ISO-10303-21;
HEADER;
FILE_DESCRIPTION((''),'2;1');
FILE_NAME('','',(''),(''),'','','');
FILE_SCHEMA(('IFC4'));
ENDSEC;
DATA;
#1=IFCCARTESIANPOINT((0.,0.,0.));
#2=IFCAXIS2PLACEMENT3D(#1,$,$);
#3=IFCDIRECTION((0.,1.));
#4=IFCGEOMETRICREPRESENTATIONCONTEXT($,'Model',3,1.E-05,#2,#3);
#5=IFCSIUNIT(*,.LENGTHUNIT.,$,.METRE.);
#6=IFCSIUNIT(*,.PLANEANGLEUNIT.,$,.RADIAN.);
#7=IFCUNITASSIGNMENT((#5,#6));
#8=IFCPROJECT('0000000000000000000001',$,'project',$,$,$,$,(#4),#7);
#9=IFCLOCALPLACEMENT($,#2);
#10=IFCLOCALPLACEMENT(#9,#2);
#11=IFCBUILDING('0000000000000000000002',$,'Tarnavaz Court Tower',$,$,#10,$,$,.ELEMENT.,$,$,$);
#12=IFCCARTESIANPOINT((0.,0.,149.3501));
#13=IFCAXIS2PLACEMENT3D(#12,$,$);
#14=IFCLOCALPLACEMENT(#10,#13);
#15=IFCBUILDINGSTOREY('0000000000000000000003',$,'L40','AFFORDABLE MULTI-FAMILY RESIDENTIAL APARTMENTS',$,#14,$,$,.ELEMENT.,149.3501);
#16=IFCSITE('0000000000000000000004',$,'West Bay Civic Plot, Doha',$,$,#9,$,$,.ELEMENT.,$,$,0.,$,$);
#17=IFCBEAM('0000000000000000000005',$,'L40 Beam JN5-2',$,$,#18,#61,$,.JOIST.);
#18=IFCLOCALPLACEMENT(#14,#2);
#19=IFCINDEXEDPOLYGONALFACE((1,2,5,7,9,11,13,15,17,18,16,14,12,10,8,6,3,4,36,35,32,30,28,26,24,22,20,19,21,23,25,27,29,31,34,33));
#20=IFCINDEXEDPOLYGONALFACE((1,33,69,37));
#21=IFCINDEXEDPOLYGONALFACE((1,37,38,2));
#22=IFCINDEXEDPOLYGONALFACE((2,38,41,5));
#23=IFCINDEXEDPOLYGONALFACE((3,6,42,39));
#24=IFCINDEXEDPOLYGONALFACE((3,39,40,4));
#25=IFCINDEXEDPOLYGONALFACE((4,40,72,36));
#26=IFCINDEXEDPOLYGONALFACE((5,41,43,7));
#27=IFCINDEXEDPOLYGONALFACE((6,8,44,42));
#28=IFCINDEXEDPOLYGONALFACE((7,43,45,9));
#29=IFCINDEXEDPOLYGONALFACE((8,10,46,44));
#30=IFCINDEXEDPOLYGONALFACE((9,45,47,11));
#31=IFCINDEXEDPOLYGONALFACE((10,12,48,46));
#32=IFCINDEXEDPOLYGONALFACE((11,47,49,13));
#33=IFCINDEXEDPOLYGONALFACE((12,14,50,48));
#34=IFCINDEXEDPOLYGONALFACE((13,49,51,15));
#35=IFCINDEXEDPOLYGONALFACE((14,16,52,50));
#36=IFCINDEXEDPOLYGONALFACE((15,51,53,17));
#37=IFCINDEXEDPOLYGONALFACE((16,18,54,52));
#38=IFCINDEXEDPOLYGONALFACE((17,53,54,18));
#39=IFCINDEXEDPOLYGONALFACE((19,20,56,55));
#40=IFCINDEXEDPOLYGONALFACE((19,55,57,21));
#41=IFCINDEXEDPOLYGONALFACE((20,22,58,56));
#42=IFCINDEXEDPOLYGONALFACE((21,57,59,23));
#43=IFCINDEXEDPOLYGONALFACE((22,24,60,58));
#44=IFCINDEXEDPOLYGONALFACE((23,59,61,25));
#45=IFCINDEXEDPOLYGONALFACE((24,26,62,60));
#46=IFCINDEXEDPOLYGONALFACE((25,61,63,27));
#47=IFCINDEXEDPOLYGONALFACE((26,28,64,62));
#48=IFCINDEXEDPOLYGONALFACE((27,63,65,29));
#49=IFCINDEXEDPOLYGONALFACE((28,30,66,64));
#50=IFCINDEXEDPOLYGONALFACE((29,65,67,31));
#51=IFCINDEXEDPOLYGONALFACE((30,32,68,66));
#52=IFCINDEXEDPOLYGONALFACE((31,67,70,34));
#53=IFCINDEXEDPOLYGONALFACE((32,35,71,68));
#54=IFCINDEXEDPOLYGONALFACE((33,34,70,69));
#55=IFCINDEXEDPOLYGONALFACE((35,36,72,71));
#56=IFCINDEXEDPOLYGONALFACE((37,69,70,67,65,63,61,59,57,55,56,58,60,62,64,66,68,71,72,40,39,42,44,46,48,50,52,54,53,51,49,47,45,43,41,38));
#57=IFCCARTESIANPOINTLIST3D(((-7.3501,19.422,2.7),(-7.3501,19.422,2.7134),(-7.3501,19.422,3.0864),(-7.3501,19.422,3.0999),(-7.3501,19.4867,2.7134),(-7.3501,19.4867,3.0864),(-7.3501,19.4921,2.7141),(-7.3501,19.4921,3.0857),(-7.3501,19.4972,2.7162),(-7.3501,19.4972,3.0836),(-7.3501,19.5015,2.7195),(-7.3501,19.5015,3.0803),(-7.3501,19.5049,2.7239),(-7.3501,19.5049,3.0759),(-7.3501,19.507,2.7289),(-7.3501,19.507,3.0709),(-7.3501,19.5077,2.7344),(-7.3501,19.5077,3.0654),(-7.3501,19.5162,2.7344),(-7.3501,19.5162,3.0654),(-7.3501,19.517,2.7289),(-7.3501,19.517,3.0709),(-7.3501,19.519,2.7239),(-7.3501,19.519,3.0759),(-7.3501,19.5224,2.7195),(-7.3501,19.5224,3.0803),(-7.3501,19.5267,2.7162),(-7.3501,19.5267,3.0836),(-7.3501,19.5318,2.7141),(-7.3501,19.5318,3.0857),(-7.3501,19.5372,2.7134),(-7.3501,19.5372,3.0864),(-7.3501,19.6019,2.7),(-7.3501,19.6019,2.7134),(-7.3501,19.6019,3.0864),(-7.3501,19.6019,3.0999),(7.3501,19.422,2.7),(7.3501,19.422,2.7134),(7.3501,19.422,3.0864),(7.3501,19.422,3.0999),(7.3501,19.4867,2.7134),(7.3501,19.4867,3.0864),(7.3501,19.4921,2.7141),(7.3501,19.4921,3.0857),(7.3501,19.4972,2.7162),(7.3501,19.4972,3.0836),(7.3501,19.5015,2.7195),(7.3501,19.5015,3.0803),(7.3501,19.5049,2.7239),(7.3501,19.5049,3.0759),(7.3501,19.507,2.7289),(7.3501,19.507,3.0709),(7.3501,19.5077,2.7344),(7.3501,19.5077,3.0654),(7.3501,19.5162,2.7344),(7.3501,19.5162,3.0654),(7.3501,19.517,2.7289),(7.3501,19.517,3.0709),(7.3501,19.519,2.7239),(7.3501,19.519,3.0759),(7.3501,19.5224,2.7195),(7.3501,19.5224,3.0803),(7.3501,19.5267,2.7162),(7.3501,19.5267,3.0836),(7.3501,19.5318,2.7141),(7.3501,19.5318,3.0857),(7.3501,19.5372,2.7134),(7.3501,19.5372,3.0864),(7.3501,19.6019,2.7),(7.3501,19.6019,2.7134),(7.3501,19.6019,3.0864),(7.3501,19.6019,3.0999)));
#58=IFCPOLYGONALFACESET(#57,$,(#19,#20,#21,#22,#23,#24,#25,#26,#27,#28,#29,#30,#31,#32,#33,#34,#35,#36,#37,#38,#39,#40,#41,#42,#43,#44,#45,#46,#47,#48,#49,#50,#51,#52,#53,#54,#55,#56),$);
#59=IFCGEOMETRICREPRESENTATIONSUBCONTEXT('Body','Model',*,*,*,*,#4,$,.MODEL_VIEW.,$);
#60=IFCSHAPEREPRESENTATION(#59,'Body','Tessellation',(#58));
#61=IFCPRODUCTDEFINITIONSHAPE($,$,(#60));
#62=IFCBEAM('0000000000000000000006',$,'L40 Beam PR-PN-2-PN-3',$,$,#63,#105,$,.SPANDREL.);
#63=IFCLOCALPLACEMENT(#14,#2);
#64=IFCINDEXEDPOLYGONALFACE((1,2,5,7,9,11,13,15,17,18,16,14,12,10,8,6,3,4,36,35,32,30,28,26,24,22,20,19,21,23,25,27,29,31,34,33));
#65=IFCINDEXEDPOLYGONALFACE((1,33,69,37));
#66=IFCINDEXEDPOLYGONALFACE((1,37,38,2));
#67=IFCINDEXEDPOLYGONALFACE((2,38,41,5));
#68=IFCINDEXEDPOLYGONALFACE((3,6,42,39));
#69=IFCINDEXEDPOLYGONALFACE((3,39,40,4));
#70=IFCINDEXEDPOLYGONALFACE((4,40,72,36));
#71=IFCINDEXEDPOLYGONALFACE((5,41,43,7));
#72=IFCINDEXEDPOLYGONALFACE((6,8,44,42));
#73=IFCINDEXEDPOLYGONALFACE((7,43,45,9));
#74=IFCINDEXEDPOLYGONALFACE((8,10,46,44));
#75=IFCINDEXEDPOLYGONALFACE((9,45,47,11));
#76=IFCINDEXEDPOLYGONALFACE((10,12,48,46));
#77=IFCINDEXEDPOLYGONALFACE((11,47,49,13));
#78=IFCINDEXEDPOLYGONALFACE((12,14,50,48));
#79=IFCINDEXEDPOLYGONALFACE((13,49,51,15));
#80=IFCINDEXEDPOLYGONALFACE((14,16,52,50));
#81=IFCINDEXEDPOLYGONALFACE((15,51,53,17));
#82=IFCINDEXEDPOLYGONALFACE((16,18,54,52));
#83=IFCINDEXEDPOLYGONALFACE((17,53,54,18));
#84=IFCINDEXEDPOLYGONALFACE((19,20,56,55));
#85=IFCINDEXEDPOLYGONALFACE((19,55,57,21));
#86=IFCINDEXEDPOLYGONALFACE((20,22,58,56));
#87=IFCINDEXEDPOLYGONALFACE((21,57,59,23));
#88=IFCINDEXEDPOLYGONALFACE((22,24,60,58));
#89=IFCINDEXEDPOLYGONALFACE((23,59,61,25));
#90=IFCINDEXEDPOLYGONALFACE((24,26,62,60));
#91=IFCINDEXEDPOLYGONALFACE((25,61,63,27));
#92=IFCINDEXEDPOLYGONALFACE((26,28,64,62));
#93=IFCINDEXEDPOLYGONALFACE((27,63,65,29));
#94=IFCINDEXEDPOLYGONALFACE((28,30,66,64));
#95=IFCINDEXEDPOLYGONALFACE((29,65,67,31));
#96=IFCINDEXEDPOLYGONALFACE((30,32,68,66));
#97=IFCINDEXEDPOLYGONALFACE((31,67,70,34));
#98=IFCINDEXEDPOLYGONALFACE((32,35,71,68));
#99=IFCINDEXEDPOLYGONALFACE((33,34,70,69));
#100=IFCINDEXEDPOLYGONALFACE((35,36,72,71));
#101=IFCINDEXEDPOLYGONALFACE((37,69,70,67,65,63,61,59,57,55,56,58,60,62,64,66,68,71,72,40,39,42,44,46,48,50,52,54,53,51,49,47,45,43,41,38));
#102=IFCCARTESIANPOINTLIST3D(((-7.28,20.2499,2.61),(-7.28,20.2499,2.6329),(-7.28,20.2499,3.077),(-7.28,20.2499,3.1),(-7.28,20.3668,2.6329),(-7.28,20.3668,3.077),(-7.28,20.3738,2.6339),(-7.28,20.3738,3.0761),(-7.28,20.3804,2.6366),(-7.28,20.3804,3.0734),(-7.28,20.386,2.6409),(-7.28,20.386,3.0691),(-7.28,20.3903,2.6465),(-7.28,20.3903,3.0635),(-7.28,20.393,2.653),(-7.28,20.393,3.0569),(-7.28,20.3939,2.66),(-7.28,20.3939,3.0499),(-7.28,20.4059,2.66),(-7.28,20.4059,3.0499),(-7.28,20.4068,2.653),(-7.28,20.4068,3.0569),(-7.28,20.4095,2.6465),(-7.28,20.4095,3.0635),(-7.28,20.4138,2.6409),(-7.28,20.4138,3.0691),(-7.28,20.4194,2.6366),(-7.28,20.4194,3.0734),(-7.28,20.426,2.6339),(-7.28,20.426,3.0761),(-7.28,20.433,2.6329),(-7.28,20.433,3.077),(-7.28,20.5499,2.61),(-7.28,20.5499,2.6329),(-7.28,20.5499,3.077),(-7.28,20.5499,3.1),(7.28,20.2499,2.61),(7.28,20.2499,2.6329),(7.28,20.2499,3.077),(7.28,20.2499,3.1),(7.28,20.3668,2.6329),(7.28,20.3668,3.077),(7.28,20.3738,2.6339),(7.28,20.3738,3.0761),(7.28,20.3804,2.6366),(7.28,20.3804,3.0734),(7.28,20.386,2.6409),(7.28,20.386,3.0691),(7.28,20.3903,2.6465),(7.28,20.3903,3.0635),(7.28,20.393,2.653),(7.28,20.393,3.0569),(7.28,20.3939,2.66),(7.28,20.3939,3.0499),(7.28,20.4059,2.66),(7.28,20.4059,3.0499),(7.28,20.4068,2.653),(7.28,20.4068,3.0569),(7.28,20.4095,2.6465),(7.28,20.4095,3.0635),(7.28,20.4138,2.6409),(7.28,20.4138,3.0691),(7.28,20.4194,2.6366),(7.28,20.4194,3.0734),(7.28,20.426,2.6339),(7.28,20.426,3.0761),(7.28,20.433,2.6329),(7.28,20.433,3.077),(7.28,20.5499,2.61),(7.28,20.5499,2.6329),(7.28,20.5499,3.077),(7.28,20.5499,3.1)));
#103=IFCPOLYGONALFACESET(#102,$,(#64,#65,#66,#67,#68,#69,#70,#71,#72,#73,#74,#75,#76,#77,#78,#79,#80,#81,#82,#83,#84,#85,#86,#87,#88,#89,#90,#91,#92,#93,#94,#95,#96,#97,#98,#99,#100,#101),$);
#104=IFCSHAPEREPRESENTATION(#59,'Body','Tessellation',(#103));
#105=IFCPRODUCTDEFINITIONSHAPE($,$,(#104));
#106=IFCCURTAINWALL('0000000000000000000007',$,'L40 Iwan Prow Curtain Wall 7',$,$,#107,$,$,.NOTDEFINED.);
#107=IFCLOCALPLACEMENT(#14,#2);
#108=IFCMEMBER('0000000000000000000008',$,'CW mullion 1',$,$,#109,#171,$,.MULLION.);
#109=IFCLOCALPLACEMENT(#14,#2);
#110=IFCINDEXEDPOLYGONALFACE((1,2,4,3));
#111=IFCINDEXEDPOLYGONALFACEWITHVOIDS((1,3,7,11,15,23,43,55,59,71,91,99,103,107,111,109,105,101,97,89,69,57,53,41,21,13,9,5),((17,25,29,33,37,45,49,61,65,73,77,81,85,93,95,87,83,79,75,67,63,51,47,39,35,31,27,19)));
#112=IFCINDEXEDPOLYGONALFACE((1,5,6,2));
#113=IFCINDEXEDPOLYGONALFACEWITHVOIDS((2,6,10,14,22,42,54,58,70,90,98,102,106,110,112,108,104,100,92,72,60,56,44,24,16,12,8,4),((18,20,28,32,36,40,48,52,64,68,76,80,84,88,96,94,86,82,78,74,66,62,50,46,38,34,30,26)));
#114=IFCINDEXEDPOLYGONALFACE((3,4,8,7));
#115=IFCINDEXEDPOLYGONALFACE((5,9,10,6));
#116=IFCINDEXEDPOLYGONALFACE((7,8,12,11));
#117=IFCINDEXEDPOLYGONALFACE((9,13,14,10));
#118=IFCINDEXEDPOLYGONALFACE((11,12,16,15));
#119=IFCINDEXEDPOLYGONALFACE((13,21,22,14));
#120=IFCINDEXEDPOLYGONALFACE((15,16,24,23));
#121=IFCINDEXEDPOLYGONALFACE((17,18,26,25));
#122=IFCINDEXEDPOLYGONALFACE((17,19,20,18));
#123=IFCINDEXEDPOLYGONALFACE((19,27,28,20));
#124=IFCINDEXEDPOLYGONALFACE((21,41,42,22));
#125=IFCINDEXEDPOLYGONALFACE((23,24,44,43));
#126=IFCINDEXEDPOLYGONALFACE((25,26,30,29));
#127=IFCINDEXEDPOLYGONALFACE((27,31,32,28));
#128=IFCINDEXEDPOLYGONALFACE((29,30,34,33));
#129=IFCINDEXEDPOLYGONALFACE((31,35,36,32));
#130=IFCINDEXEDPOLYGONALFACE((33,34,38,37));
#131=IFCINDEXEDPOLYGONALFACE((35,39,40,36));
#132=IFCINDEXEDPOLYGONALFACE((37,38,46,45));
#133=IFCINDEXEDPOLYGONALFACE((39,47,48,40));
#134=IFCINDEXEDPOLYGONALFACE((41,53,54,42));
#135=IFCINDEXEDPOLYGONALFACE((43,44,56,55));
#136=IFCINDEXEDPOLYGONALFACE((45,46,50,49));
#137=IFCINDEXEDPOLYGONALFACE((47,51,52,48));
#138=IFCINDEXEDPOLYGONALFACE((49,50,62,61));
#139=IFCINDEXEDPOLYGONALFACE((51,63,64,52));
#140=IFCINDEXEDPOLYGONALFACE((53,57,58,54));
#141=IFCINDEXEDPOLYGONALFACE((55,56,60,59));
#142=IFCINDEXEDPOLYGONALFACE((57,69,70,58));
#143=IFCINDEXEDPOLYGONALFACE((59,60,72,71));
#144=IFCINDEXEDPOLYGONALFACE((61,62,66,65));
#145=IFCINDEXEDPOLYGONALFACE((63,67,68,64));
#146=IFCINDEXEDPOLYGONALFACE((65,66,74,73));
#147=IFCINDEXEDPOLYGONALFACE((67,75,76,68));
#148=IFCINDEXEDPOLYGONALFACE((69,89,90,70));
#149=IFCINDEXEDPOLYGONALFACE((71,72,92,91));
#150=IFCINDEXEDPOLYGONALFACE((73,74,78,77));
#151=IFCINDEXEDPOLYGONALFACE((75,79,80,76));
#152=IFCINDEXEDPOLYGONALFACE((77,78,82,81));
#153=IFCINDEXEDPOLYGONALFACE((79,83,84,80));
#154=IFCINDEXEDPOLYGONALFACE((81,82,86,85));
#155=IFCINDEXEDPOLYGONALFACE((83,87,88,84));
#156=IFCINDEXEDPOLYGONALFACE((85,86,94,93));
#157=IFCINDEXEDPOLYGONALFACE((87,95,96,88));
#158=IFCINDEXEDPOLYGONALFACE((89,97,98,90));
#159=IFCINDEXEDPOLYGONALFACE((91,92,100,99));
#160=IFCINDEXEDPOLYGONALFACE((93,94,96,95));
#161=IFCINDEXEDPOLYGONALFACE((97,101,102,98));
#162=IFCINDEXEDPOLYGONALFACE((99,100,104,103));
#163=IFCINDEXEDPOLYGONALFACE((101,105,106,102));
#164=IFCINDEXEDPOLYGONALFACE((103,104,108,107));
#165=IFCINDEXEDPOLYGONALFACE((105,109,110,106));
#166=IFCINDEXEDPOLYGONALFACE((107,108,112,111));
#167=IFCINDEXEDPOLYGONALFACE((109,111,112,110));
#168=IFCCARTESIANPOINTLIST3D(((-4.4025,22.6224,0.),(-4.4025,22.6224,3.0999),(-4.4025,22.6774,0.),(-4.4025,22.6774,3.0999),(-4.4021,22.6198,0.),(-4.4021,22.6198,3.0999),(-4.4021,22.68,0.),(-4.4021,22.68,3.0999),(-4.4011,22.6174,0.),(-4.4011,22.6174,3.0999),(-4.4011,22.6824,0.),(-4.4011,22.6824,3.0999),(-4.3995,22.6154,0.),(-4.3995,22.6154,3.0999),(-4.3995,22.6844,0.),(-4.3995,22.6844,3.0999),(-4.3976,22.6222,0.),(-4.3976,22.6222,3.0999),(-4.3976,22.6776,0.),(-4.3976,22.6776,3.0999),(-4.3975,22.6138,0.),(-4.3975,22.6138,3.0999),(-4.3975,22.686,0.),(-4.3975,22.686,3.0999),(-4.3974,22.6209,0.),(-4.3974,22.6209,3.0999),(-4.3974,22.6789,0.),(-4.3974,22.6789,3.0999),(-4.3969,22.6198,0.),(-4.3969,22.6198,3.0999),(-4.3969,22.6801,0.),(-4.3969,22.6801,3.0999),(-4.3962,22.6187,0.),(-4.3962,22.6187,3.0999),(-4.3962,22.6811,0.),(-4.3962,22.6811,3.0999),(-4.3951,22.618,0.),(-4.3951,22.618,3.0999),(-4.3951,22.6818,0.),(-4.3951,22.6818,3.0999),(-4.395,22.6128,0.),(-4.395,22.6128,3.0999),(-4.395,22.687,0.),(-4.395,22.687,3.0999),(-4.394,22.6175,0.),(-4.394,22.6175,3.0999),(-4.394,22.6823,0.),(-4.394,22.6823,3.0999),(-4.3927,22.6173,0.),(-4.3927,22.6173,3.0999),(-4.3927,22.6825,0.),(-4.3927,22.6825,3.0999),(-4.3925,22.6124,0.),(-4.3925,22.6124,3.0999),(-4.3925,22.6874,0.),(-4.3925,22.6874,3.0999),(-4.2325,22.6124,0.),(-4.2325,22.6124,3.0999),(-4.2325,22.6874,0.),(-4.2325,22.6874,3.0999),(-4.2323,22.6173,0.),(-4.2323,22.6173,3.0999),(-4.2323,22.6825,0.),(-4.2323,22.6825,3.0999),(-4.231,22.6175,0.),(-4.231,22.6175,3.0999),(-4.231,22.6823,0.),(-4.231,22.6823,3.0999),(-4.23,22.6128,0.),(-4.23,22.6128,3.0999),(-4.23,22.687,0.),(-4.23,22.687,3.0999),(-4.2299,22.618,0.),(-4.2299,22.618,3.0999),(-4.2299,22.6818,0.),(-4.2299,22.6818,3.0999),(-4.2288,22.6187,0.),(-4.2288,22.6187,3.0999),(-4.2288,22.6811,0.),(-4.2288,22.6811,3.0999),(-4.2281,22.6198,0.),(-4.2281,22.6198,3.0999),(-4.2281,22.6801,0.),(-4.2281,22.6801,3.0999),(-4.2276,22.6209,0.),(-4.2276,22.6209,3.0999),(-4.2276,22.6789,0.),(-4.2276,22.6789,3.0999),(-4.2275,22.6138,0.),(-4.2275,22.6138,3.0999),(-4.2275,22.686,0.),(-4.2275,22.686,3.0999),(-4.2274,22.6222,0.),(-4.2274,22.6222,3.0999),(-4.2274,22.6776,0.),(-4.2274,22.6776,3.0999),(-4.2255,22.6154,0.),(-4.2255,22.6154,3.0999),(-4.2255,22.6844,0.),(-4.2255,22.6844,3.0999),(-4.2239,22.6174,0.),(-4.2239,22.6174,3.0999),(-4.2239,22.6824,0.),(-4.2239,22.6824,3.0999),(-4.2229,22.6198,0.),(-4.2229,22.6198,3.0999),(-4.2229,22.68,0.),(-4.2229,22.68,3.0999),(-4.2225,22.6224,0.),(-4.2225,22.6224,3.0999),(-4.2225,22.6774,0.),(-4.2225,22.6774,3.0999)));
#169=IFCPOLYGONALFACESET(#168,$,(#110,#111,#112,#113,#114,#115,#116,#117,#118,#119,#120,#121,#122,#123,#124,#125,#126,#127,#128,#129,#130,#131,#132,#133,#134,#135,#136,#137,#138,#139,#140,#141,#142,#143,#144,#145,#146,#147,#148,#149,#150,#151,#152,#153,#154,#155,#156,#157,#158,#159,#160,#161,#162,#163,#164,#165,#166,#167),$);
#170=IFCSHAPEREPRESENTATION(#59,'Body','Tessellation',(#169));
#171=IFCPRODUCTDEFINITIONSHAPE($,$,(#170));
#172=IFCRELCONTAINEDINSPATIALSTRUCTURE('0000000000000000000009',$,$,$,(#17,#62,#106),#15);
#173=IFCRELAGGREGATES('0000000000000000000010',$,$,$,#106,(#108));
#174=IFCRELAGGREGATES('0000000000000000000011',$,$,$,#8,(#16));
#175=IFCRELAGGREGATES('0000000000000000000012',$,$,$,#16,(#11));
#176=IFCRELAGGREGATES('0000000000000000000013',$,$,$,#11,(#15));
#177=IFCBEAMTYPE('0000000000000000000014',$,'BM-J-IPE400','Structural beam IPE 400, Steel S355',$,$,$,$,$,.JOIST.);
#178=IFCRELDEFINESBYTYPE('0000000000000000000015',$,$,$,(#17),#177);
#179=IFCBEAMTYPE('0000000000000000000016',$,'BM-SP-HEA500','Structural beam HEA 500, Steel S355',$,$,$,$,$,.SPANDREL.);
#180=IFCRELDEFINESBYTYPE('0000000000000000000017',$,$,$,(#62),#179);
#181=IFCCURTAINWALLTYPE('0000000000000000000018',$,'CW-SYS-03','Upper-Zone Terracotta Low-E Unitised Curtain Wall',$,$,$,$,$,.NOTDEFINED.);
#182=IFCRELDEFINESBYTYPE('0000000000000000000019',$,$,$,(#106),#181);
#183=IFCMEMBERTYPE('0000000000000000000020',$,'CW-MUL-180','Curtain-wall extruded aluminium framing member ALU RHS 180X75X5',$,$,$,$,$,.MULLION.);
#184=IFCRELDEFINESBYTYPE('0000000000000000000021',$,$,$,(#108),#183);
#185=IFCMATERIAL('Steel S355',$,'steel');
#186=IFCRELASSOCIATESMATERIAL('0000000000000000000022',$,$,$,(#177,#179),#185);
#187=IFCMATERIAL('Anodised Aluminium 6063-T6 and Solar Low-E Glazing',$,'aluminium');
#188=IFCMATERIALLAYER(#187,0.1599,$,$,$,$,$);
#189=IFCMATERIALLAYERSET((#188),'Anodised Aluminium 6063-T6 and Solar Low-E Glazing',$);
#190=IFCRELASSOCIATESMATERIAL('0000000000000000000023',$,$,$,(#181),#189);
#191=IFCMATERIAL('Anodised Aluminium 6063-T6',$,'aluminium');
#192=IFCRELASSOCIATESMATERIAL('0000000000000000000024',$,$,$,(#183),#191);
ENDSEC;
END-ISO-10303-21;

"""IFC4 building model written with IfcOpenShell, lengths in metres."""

from ifc_helpers import new_model, si_unit, direction, frame, origin, origin_2d, place, context, subcontext, project, spatial, hollow_rectangle, i_section, extrude, material, layer, layer_set, material_profile, profile_set, type_object, element, aggregate, save


model = new_model("IFC4")

# Units and contexts
model_context = context("Model", 3, precision=1e-05, world=origin(), true_north=direction((0.0, 1.0)))
body_context = subcontext(model_context, "Body", "Model", "MODEL_VIEW")
ifc_project = project(units=[si_unit("LENGTHUNIT", "METRE"), si_unit("PLANEANGLEUNIT", "RADIAN")], contexts=[model_context])

# Site, building, storey
site_placement = place(None, origin())
site = spatial("IfcSite", under=ifc_project, at=site_placement, Name="West Bay Civic Plot, Doha", CompositionType="ELEMENT", RefElevation=0.0)
building_placement = place(site_placement, origin())
building = spatial("IfcBuilding", under=site, at=building_placement, Name="Tarnavaz Court Tower", CompositionType="ELEMENT")
storey_placement = place(building_placement, frame((0.0, 0.0, 149.3501)))
storey = spatial("IfcBuildingStorey", under=building, at=storey_placement, Name="L40", Description="AFFORDABLE MULTI-FAMILY RESIDENTIAL APARTMENTS", CompositionType="ELEMENT", Elevation=149.3501)

# Beams
ifc_material_1 = material(Name="Steel S355", Category="steel")
ifc_material_profile_1 = material_profile(ifc_material_1, i_section(OverallWidth=0.1799, OverallDepth=0.3999, WebThickness=0.0085, FlangeThickness=0.0134, FilletRadius=0.021, at=origin_2d()), Name="IPE 400")
ifc_profile_set_1 = profile_set([ifc_material_profile_1], Name="Steel S355")
beam_type_1 = type_object("IfcBeamType", Name="BM-J-IPE400", Description="Structural beam IPE 400, Steel S355", PredefinedType="JOIST", material=ifc_profile_set_1)
for number, where, z_axis, x_axis, name in (
    (1, (-7.3501, 19.512, 2.8999), (1.0, 0.0, 0.0), (0.0, 1.0, 0.0), "L40 Beam JN5-2"),
):
    element("IfcBeam", number, at=place(storey_placement, frame(where, z_axis=z_axis, x_axis=x_axis)), inside=storey, type_object=beam_type_1, Name=name, PredefinedType="JOIST", context=body_context, shape_type="SweptSolid", body=[
        extrude(i_section(OverallWidth=0.1799, OverallDepth=0.3999, WebThickness=0.0085, FlangeThickness=0.0134, FilletRadius=0.021, at=origin_2d()), origin(), (0.0, 0.0, 1.0), 14.7002),
    ])
ifc_material_profile_2 = material_profile(ifc_material_1, i_section(OverallWidth=0.3, OverallDepth=0.49, WebThickness=0.012, FlangeThickness=0.0229, FilletRadius=0.0271, at=origin_2d()), Name="HEA 500")
ifc_profile_set_2 = profile_set([ifc_material_profile_2], Name="Steel S355")
beam_type_2 = type_object("IfcBeamType", Name="BM-SP-HEA500", Description="Structural beam HEA 500, Steel S355", PredefinedType="SPANDREL", material=ifc_profile_set_2)
beam_placement = place(storey_placement, frame((-7.28, 20.3999, 2.855), z_axis=(1.0, 0.0, 0.0), x_axis=(0.0, 1.0, 0.0)))
element("IfcBeam", 2, at=beam_placement, inside=storey, type_object=beam_type_2, Name="L40 Beam PR-PN-2-PN-3", PredefinedType="SPANDREL", context=body_context, shape_type="SweptSolid", body=[
    extrude(i_section(OverallWidth=0.3, OverallDepth=0.49, WebThickness=0.012, FlangeThickness=0.0229, FilletRadius=0.0271, at=origin_2d()), origin(), (0.0, 0.0, 1.0), 14.5601),
])

# Curtain wall, member
ifc_material_2 = material(Name="Anodised Aluminium 6063-T6 and Solar Low-E Glazing", Category="aluminium")
ifc_layer_1 = layer(ifc_material_2, 0.1599)
ifc_layer_set_1 = layer_set([ifc_layer_1], Name="Anodised Aluminium 6063-T6 and Solar Low-E Glazing")
curtain_wall_type = type_object("IfcCurtainWallType", Name="CW-SYS-03", Description="Upper-Zone Terracotta Low-E Unitised Curtain Wall", PredefinedType="NOTDEFINED", material=ifc_layer_set_1)
curtain_wall_placement = place(storey_placement, origin())
curtain_wall = element("IfcCurtainWall", 3, at=curtain_wall_placement, inside=storey, type_object=curtain_wall_type, Name="L40 Iwan Prow Curtain Wall 7", PredefinedType="NOTDEFINED")
ifc_material_3 = material(Name="Anodised Aluminium 6063-T6", Category="aluminium")
ifc_material_profile_3 = material_profile(ifc_material_3, hollow_rectangle(XDim=0.075, YDim=0.1799, WallThickness=0.0049, InnerFilletRadius=0.0049, OuterFilletRadius=0.01, at=origin_2d()), Name="ALU RHS 180X75X5")
ifc_profile_set_3 = profile_set([ifc_material_profile_3], Name="Anodised Aluminium 6063-T6")
member_type_1 = type_object("IfcMemberType", Name="CW-MUL-180", Description="Curtain-wall extruded aluminium framing member ALU RHS 180X75X5", PredefinedType="MULLION", material=ifc_profile_set_3)
member_1_placement = place(storey_placement, frame((-4.3125, 22.6499, 0.0), z_axis=(0.0, 0.0, 1.0), x_axis=(0.0, 1.0, 0.0)))
member_1 = element("IfcMember", 4, at=member_1_placement, type_object=member_type_1, Name="CW mullion 1", PredefinedType="MULLION", context=body_context, shape_type="SweptSolid", body=[
    extrude(hollow_rectangle(XDim=0.075, YDim=0.1799, WallThickness=0.0049, InnerFilletRadius=0.0049, OuterFilletRadius=0.01, at=origin_2d()), origin(), (0.0, 0.0, 1.0), 3.0999),
])
aggregate(curtain_wall, [member_1])

save(model, "model.ifc")
